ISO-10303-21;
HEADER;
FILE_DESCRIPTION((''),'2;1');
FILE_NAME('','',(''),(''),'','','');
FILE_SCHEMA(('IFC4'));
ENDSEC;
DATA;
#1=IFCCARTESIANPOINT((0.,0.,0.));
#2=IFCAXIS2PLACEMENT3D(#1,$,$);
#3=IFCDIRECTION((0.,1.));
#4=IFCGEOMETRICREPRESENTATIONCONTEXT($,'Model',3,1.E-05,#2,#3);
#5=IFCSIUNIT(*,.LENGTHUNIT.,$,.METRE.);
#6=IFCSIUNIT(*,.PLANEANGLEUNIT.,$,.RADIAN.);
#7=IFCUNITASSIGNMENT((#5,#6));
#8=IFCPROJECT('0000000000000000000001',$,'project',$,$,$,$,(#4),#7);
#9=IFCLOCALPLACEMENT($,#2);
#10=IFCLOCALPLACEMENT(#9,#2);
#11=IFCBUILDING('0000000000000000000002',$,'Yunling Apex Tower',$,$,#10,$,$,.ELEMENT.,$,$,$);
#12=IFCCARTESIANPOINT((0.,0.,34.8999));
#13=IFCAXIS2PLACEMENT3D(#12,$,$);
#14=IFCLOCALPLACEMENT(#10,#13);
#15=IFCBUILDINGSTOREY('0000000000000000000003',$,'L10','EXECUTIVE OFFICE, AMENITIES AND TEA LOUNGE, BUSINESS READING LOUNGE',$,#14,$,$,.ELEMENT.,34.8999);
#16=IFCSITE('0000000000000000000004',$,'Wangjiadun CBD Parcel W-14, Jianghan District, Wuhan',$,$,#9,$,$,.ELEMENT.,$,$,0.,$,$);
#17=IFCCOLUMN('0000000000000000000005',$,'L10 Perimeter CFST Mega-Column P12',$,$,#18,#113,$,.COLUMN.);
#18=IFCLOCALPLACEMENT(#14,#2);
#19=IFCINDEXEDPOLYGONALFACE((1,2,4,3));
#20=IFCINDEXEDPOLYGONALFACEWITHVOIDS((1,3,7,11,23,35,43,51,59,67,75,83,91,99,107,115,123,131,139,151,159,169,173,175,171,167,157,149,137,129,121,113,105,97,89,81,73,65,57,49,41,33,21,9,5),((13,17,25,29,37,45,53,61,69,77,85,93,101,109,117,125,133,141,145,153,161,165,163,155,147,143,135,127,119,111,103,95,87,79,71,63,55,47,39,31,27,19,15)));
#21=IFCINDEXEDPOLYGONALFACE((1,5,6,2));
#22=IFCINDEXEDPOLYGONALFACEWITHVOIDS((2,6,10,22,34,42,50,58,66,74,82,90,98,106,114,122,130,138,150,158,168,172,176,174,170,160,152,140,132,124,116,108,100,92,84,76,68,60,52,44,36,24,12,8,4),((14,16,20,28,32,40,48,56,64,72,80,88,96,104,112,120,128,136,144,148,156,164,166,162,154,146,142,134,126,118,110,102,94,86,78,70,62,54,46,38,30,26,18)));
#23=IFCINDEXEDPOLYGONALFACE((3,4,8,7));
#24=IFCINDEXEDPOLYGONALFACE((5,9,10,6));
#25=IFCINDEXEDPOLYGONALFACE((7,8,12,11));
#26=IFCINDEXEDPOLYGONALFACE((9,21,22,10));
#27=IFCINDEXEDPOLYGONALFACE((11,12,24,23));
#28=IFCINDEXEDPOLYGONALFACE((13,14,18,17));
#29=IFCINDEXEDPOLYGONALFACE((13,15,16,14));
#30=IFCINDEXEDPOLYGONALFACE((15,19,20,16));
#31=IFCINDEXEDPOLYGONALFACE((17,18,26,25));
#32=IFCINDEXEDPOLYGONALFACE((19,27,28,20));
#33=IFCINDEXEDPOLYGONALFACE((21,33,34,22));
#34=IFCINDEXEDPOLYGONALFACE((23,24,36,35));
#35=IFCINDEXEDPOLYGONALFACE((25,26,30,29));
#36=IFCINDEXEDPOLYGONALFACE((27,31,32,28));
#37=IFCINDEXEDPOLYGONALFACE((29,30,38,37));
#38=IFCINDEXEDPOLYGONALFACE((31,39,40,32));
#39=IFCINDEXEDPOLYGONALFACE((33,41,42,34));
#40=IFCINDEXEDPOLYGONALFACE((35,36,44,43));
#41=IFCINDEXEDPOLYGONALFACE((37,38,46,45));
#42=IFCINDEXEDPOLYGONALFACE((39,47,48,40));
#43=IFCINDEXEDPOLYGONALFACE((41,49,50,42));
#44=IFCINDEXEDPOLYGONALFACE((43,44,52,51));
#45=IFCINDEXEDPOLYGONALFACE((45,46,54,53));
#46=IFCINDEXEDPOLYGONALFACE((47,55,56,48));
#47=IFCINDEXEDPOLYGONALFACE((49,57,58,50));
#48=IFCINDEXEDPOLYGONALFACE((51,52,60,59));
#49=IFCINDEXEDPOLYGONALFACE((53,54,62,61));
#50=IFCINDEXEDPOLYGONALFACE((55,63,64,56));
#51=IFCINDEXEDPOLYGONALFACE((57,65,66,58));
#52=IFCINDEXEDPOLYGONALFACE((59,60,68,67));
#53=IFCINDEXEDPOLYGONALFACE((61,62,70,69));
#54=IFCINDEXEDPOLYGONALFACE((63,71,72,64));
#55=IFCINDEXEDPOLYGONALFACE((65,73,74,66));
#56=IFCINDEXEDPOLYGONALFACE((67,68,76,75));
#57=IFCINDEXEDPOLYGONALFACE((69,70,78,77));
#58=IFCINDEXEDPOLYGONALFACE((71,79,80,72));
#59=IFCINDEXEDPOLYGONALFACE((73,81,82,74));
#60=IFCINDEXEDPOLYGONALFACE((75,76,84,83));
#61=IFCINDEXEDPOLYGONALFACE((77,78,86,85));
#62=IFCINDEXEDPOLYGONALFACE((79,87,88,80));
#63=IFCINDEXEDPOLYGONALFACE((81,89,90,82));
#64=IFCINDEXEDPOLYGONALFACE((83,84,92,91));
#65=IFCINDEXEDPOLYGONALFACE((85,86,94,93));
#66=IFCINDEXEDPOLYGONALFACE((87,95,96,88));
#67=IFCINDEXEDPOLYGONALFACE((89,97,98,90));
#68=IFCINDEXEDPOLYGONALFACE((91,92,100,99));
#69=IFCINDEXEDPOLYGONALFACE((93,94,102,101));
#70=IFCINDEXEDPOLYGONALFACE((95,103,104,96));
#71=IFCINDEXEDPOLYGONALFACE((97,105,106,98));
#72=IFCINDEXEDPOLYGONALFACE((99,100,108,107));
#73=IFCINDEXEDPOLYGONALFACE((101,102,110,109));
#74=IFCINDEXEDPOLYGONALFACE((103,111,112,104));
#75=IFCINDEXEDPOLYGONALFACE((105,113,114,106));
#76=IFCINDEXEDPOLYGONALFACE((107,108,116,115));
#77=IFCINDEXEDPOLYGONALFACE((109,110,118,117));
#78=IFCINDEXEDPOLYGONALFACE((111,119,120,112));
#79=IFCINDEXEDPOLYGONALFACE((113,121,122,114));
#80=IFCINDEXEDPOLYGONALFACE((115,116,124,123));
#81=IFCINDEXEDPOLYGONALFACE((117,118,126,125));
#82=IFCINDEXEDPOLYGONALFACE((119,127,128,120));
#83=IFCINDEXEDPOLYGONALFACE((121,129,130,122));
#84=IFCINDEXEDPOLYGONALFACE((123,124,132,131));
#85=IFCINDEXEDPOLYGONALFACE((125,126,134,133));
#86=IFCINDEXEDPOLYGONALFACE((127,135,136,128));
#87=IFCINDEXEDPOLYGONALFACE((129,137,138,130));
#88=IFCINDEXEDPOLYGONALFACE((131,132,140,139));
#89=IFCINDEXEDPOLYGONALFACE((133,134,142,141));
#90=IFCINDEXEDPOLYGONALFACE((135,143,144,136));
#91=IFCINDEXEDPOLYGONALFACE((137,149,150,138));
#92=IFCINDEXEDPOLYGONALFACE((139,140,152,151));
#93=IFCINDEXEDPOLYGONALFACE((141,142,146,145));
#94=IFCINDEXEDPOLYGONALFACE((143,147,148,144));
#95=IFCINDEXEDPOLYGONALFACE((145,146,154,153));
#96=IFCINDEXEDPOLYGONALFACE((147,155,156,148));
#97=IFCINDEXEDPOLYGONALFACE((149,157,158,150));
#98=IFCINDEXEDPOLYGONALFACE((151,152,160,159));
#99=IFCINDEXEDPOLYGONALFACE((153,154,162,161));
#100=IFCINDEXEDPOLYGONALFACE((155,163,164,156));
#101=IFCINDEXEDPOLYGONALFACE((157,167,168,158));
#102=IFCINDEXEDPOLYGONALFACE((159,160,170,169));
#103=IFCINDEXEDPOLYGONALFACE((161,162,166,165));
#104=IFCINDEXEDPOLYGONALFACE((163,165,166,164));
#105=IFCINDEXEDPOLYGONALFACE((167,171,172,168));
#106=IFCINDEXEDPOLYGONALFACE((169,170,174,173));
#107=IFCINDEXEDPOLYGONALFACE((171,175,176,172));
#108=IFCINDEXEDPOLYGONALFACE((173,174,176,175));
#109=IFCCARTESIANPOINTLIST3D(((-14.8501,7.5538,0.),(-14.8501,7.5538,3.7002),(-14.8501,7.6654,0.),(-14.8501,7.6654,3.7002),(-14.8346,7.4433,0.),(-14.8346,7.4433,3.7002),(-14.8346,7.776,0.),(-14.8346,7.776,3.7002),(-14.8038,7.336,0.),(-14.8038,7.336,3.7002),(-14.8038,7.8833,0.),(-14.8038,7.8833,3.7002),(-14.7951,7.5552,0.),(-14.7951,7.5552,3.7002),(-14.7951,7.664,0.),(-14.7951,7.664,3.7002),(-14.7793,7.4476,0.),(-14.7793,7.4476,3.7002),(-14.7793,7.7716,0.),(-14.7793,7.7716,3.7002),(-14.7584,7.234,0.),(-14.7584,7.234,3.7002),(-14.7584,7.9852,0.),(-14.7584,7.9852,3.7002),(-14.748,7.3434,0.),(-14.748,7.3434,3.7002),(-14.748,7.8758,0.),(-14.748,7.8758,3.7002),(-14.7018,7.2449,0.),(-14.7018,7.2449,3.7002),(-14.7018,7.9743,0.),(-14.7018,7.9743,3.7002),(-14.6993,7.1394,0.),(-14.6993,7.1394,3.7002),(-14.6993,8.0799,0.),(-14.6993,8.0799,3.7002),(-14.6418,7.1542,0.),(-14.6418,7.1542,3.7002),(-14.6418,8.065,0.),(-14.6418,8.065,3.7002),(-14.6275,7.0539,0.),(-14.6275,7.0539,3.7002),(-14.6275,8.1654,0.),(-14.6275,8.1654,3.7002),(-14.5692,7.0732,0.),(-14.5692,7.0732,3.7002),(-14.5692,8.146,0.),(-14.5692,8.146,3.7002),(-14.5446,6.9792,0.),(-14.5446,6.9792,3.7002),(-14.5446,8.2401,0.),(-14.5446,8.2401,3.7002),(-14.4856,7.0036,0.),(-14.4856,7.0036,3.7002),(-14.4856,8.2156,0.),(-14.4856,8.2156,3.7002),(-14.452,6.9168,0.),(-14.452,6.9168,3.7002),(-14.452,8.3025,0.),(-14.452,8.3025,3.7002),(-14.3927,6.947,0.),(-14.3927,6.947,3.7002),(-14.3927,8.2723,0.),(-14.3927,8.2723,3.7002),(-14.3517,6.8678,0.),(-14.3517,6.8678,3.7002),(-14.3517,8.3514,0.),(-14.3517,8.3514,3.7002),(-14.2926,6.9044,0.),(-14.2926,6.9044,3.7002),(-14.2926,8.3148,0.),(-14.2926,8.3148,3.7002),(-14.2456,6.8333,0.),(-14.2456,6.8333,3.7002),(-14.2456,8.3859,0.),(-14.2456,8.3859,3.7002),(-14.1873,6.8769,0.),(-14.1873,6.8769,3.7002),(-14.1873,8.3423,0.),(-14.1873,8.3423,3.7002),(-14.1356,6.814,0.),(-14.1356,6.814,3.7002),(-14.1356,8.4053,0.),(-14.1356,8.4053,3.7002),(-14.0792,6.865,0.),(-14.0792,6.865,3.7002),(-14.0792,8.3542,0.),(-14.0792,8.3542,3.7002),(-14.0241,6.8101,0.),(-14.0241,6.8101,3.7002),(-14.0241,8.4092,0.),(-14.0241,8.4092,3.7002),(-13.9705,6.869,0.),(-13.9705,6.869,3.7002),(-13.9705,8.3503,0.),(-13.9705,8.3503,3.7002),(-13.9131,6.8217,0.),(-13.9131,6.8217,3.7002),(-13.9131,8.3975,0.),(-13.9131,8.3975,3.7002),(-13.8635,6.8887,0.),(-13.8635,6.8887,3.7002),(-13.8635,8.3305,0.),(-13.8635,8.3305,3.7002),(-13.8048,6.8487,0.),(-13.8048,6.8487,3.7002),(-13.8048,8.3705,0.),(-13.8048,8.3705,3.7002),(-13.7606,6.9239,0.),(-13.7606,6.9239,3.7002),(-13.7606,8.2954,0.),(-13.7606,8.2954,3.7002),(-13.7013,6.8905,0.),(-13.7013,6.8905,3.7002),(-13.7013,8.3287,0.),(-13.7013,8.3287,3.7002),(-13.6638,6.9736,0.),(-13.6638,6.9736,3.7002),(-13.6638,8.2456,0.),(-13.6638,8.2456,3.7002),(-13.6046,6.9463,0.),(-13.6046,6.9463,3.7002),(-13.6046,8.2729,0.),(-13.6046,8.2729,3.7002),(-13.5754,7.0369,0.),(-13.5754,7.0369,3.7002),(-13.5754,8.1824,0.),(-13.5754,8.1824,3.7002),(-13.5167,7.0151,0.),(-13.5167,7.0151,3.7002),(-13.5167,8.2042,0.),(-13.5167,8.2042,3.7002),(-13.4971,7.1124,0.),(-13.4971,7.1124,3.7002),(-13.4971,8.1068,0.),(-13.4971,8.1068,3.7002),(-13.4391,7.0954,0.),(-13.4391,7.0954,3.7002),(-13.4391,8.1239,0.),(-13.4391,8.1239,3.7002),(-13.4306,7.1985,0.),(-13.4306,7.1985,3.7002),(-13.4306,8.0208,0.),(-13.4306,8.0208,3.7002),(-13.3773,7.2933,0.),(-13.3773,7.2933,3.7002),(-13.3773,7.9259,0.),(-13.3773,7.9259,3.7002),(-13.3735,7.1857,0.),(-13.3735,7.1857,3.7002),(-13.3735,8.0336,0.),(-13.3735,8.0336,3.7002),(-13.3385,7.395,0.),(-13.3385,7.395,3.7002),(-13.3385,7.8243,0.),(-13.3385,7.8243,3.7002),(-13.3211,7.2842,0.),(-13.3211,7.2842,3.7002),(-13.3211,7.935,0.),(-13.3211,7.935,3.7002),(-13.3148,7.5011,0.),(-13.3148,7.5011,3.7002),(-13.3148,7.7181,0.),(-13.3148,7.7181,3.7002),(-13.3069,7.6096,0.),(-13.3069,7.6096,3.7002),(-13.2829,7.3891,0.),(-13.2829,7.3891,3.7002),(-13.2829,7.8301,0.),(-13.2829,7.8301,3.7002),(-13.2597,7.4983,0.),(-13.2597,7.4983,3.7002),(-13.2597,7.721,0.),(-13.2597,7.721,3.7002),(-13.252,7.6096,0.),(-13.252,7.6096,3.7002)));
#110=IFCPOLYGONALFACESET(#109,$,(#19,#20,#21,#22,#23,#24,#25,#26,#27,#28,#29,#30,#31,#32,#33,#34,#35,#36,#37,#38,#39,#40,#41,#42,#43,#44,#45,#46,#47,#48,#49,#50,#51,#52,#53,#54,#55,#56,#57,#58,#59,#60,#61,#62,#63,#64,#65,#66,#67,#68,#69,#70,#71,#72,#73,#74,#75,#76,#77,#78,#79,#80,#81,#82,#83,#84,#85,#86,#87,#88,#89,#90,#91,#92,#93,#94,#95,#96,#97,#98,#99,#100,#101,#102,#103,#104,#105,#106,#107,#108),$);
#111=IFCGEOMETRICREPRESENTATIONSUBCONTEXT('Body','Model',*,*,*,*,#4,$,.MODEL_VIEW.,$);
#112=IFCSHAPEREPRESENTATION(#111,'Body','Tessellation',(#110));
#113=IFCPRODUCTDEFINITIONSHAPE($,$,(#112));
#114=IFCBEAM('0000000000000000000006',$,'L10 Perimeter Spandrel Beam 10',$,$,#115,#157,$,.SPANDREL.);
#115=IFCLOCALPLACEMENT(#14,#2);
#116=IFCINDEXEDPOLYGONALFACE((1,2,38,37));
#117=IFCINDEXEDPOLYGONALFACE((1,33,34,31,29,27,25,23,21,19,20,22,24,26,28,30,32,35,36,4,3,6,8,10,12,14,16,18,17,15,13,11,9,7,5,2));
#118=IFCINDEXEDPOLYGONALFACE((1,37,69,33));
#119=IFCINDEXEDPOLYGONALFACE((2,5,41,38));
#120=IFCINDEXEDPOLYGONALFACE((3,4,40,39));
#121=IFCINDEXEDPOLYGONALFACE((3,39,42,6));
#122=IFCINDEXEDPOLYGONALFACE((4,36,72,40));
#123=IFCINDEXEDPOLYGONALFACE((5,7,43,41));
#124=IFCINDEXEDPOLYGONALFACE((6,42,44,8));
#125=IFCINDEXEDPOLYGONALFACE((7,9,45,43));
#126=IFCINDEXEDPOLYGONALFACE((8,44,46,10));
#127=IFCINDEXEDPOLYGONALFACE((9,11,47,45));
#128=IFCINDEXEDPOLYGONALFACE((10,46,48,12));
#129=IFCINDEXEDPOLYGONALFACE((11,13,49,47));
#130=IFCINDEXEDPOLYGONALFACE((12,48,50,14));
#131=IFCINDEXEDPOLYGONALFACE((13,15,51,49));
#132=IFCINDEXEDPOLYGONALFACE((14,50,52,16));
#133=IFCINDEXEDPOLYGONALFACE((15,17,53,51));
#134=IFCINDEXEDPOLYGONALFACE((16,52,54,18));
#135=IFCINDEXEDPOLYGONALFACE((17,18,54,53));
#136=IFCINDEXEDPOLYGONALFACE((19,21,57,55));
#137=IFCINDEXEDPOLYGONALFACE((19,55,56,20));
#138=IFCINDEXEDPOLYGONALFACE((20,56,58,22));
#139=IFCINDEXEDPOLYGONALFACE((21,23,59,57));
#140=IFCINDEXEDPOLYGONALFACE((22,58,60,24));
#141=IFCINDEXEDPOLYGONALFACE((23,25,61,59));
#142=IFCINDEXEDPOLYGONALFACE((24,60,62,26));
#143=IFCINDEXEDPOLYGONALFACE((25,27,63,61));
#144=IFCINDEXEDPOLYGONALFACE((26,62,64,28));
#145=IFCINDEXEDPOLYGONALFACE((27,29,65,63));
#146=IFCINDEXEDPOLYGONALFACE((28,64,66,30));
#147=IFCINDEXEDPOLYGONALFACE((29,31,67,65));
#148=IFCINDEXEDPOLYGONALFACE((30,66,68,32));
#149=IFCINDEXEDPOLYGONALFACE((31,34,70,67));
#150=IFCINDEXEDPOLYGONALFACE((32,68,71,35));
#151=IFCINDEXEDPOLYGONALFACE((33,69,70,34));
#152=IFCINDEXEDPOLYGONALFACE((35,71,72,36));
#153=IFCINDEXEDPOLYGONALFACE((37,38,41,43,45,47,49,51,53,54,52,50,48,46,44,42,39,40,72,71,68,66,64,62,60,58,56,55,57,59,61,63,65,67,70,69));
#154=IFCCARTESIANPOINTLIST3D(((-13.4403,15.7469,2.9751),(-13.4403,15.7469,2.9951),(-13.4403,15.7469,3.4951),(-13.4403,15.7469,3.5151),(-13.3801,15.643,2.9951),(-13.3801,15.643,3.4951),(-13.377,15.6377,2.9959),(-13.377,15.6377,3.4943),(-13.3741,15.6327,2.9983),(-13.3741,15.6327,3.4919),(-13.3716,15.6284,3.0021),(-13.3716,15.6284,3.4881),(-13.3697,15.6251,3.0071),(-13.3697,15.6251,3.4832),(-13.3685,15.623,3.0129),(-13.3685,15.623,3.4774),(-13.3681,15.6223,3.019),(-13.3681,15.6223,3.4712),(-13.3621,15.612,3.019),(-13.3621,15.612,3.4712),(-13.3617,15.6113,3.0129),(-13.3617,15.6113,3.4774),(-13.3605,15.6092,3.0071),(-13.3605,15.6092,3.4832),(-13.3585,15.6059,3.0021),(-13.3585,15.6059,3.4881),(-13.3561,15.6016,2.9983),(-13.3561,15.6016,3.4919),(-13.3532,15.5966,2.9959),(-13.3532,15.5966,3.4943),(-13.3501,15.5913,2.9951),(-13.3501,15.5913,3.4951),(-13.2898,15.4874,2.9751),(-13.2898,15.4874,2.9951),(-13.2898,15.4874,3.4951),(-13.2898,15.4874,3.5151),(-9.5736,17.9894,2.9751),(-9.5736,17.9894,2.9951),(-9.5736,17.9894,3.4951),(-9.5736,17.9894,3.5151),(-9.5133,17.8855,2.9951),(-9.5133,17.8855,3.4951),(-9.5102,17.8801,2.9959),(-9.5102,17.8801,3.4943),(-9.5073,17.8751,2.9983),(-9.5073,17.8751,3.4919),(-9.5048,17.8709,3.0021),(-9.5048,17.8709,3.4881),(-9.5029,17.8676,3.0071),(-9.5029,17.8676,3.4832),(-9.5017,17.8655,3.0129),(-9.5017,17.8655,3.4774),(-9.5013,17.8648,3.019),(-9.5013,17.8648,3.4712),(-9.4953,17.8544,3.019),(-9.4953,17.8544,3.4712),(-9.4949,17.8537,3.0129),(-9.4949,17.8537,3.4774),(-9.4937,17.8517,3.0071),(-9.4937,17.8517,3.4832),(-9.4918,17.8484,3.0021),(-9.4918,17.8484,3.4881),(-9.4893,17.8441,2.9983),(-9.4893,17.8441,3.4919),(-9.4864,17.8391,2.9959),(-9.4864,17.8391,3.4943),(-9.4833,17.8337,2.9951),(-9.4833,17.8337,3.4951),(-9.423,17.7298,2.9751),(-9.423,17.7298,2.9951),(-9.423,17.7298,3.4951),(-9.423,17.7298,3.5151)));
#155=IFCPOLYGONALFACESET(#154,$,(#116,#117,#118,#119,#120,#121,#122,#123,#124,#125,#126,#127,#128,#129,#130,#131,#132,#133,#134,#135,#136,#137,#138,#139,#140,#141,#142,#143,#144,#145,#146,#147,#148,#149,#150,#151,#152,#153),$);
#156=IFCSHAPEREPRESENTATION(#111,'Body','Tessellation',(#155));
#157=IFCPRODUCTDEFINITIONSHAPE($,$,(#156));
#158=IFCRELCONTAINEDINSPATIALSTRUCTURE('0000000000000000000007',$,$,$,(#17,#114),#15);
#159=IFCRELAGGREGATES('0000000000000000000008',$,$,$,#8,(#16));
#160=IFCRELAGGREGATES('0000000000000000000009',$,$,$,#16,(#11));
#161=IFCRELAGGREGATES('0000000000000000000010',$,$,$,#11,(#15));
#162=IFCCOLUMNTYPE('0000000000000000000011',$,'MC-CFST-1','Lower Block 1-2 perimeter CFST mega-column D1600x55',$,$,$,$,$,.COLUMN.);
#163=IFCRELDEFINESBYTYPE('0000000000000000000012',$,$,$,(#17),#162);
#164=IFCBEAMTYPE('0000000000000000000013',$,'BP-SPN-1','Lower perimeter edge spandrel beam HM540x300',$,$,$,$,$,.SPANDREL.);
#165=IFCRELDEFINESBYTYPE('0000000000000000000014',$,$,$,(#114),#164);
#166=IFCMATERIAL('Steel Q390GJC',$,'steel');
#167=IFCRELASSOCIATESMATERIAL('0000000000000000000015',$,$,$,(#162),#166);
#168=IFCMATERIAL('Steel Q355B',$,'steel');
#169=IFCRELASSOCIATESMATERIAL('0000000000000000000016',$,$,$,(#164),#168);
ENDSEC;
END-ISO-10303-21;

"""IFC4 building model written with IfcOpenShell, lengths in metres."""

from ifc_helpers import new_model, si_unit, direction, frame, origin, origin_2d, place, context, subcontext, project, spatial, hollow_circle, i_section, extrude, source, transform, mapped, material, material_profile, profile_set, type_object, element, save


model = new_model("IFC4")

# Units and contexts
model_context = context("Model", 3, precision=1e-05, world=origin(), true_north=direction((0.0, 1.0)))
body_context = subcontext(model_context, "Body", "Model", "MODEL_VIEW")
ifc_project = project(units=[si_unit("LENGTHUNIT", "METRE"), si_unit("PLANEANGLEUNIT", "RADIAN")], contexts=[model_context])

# Site, building, storey
site_placement = place(None, origin())
site = spatial("IfcSite", under=ifc_project, at=site_placement, Name="Wangjiadun CBD Parcel W-14, Jianghan District, Wuhan", CompositionType="ELEMENT", RefElevation=0.0)
building_placement = place(site_placement, origin())
building = spatial("IfcBuilding", under=site, at=building_placement, Name="Yunling Apex Tower", CompositionType="ELEMENT")
storey_placement = place(building_placement, frame((0.0, 0.0, 34.8999)))
storey = spatial("IfcBuildingStorey", under=building, at=storey_placement, Name="L10", Description="EXECUTIVE OFFICE, AMENITIES AND TEA LOUNGE, BUSINESS READING LOUNGE", CompositionType="ELEMENT", Elevation=34.8999)

# Column
ifc_material_1 = material(Name="Steel Q390GJC", Category="steel")
ifc_material_profile_1 = material_profile(ifc_material_1, hollow_circle(Radius=0.8, WallThickness=0.0549, at=origin_2d()))
ifc_profile_set_1 = profile_set([ifc_material_profile_1], Name="Steel Q390GJC")
column_type = type_object("IfcColumnType", Name="MC-CFST-1", Description="Lower Block 1-2 perimeter CFST mega-column D1600x55", PredefinedType="COLUMN", material=ifc_profile_set_1)
shared_shape_1 = source(origin(), body_context, "Body", "SweptSolid", [
    extrude(hollow_circle(Radius=0.8, WallThickness=0.0549, at=origin_2d()), origin(), (0.0, 0.0, 1.0), 3.7002),
])
for number, where, z_axis, x_axis, name in (
    (1, (-14.052, 7.6096, 0.0), (0.0, 0.0, 1.0), (1.0, 0.0, 0.0), "L10 Perimeter CFST Mega-Column P12"),
):
    element("IfcColumn", number, at=place(storey_placement, frame(where, z_axis=z_axis, x_axis=x_axis)), inside=storey, type_object=column_type, Name=name, PredefinedType="COLUMN", context=body_context, shape_type="MappedRepresentation", body=[
        mapped(shared_shape_1, transform((0.0, 0.0, 0.0), scale=1.0)),
    ])

# Beam
ifc_material_2 = material(Name="Steel Q355B", Category="steel")
ifc_material_profile_2 = material_profile(ifc_material_2, i_section(OverallWidth=0.3, OverallDepth=0.54, WebThickness=0.012, FlangeThickness=0.02, FilletRadius=0.0239, at=origin_2d()))
ifc_profile_set_2 = profile_set([ifc_material_profile_2], Name="Steel Q355B")
beam_type_1 = type_object("IfcBeamType", Name="BP-SPN-1", Description="Lower perimeter edge spandrel beam HM540x300", PredefinedType="SPANDREL", material=ifc_profile_set_2)
shared_shape_2 = source(origin(), body_context, "Body", "SweptSolid", [
    extrude(i_section(OverallWidth=0.3, OverallDepth=0.54, WebThickness=0.012, FlangeThickness=0.02, FilletRadius=0.0239, at=origin_2d()), origin(), (0.0, 0.0, 1.0), 4.47),
])
beam_1_placement = place(storey_placement, frame((-9.4983, 17.8596, 3.2451), z_axis=(-0.865056, -0.501676, 0.0), x_axis=(0.501676, -0.865056, 0.0)))
element("IfcBeam", 2, at=beam_1_placement, inside=storey, type_object=beam_type_1, Name="L10 Perimeter Spandrel Beam 10", PredefinedType="SPANDREL", context=body_context, shape_type="MappedRepresentation", body=[
    mapped(shared_shape_2, transform((0.0, 0.0, 0.0), scale=1.0)),
])

save(model, "model.ifc")
